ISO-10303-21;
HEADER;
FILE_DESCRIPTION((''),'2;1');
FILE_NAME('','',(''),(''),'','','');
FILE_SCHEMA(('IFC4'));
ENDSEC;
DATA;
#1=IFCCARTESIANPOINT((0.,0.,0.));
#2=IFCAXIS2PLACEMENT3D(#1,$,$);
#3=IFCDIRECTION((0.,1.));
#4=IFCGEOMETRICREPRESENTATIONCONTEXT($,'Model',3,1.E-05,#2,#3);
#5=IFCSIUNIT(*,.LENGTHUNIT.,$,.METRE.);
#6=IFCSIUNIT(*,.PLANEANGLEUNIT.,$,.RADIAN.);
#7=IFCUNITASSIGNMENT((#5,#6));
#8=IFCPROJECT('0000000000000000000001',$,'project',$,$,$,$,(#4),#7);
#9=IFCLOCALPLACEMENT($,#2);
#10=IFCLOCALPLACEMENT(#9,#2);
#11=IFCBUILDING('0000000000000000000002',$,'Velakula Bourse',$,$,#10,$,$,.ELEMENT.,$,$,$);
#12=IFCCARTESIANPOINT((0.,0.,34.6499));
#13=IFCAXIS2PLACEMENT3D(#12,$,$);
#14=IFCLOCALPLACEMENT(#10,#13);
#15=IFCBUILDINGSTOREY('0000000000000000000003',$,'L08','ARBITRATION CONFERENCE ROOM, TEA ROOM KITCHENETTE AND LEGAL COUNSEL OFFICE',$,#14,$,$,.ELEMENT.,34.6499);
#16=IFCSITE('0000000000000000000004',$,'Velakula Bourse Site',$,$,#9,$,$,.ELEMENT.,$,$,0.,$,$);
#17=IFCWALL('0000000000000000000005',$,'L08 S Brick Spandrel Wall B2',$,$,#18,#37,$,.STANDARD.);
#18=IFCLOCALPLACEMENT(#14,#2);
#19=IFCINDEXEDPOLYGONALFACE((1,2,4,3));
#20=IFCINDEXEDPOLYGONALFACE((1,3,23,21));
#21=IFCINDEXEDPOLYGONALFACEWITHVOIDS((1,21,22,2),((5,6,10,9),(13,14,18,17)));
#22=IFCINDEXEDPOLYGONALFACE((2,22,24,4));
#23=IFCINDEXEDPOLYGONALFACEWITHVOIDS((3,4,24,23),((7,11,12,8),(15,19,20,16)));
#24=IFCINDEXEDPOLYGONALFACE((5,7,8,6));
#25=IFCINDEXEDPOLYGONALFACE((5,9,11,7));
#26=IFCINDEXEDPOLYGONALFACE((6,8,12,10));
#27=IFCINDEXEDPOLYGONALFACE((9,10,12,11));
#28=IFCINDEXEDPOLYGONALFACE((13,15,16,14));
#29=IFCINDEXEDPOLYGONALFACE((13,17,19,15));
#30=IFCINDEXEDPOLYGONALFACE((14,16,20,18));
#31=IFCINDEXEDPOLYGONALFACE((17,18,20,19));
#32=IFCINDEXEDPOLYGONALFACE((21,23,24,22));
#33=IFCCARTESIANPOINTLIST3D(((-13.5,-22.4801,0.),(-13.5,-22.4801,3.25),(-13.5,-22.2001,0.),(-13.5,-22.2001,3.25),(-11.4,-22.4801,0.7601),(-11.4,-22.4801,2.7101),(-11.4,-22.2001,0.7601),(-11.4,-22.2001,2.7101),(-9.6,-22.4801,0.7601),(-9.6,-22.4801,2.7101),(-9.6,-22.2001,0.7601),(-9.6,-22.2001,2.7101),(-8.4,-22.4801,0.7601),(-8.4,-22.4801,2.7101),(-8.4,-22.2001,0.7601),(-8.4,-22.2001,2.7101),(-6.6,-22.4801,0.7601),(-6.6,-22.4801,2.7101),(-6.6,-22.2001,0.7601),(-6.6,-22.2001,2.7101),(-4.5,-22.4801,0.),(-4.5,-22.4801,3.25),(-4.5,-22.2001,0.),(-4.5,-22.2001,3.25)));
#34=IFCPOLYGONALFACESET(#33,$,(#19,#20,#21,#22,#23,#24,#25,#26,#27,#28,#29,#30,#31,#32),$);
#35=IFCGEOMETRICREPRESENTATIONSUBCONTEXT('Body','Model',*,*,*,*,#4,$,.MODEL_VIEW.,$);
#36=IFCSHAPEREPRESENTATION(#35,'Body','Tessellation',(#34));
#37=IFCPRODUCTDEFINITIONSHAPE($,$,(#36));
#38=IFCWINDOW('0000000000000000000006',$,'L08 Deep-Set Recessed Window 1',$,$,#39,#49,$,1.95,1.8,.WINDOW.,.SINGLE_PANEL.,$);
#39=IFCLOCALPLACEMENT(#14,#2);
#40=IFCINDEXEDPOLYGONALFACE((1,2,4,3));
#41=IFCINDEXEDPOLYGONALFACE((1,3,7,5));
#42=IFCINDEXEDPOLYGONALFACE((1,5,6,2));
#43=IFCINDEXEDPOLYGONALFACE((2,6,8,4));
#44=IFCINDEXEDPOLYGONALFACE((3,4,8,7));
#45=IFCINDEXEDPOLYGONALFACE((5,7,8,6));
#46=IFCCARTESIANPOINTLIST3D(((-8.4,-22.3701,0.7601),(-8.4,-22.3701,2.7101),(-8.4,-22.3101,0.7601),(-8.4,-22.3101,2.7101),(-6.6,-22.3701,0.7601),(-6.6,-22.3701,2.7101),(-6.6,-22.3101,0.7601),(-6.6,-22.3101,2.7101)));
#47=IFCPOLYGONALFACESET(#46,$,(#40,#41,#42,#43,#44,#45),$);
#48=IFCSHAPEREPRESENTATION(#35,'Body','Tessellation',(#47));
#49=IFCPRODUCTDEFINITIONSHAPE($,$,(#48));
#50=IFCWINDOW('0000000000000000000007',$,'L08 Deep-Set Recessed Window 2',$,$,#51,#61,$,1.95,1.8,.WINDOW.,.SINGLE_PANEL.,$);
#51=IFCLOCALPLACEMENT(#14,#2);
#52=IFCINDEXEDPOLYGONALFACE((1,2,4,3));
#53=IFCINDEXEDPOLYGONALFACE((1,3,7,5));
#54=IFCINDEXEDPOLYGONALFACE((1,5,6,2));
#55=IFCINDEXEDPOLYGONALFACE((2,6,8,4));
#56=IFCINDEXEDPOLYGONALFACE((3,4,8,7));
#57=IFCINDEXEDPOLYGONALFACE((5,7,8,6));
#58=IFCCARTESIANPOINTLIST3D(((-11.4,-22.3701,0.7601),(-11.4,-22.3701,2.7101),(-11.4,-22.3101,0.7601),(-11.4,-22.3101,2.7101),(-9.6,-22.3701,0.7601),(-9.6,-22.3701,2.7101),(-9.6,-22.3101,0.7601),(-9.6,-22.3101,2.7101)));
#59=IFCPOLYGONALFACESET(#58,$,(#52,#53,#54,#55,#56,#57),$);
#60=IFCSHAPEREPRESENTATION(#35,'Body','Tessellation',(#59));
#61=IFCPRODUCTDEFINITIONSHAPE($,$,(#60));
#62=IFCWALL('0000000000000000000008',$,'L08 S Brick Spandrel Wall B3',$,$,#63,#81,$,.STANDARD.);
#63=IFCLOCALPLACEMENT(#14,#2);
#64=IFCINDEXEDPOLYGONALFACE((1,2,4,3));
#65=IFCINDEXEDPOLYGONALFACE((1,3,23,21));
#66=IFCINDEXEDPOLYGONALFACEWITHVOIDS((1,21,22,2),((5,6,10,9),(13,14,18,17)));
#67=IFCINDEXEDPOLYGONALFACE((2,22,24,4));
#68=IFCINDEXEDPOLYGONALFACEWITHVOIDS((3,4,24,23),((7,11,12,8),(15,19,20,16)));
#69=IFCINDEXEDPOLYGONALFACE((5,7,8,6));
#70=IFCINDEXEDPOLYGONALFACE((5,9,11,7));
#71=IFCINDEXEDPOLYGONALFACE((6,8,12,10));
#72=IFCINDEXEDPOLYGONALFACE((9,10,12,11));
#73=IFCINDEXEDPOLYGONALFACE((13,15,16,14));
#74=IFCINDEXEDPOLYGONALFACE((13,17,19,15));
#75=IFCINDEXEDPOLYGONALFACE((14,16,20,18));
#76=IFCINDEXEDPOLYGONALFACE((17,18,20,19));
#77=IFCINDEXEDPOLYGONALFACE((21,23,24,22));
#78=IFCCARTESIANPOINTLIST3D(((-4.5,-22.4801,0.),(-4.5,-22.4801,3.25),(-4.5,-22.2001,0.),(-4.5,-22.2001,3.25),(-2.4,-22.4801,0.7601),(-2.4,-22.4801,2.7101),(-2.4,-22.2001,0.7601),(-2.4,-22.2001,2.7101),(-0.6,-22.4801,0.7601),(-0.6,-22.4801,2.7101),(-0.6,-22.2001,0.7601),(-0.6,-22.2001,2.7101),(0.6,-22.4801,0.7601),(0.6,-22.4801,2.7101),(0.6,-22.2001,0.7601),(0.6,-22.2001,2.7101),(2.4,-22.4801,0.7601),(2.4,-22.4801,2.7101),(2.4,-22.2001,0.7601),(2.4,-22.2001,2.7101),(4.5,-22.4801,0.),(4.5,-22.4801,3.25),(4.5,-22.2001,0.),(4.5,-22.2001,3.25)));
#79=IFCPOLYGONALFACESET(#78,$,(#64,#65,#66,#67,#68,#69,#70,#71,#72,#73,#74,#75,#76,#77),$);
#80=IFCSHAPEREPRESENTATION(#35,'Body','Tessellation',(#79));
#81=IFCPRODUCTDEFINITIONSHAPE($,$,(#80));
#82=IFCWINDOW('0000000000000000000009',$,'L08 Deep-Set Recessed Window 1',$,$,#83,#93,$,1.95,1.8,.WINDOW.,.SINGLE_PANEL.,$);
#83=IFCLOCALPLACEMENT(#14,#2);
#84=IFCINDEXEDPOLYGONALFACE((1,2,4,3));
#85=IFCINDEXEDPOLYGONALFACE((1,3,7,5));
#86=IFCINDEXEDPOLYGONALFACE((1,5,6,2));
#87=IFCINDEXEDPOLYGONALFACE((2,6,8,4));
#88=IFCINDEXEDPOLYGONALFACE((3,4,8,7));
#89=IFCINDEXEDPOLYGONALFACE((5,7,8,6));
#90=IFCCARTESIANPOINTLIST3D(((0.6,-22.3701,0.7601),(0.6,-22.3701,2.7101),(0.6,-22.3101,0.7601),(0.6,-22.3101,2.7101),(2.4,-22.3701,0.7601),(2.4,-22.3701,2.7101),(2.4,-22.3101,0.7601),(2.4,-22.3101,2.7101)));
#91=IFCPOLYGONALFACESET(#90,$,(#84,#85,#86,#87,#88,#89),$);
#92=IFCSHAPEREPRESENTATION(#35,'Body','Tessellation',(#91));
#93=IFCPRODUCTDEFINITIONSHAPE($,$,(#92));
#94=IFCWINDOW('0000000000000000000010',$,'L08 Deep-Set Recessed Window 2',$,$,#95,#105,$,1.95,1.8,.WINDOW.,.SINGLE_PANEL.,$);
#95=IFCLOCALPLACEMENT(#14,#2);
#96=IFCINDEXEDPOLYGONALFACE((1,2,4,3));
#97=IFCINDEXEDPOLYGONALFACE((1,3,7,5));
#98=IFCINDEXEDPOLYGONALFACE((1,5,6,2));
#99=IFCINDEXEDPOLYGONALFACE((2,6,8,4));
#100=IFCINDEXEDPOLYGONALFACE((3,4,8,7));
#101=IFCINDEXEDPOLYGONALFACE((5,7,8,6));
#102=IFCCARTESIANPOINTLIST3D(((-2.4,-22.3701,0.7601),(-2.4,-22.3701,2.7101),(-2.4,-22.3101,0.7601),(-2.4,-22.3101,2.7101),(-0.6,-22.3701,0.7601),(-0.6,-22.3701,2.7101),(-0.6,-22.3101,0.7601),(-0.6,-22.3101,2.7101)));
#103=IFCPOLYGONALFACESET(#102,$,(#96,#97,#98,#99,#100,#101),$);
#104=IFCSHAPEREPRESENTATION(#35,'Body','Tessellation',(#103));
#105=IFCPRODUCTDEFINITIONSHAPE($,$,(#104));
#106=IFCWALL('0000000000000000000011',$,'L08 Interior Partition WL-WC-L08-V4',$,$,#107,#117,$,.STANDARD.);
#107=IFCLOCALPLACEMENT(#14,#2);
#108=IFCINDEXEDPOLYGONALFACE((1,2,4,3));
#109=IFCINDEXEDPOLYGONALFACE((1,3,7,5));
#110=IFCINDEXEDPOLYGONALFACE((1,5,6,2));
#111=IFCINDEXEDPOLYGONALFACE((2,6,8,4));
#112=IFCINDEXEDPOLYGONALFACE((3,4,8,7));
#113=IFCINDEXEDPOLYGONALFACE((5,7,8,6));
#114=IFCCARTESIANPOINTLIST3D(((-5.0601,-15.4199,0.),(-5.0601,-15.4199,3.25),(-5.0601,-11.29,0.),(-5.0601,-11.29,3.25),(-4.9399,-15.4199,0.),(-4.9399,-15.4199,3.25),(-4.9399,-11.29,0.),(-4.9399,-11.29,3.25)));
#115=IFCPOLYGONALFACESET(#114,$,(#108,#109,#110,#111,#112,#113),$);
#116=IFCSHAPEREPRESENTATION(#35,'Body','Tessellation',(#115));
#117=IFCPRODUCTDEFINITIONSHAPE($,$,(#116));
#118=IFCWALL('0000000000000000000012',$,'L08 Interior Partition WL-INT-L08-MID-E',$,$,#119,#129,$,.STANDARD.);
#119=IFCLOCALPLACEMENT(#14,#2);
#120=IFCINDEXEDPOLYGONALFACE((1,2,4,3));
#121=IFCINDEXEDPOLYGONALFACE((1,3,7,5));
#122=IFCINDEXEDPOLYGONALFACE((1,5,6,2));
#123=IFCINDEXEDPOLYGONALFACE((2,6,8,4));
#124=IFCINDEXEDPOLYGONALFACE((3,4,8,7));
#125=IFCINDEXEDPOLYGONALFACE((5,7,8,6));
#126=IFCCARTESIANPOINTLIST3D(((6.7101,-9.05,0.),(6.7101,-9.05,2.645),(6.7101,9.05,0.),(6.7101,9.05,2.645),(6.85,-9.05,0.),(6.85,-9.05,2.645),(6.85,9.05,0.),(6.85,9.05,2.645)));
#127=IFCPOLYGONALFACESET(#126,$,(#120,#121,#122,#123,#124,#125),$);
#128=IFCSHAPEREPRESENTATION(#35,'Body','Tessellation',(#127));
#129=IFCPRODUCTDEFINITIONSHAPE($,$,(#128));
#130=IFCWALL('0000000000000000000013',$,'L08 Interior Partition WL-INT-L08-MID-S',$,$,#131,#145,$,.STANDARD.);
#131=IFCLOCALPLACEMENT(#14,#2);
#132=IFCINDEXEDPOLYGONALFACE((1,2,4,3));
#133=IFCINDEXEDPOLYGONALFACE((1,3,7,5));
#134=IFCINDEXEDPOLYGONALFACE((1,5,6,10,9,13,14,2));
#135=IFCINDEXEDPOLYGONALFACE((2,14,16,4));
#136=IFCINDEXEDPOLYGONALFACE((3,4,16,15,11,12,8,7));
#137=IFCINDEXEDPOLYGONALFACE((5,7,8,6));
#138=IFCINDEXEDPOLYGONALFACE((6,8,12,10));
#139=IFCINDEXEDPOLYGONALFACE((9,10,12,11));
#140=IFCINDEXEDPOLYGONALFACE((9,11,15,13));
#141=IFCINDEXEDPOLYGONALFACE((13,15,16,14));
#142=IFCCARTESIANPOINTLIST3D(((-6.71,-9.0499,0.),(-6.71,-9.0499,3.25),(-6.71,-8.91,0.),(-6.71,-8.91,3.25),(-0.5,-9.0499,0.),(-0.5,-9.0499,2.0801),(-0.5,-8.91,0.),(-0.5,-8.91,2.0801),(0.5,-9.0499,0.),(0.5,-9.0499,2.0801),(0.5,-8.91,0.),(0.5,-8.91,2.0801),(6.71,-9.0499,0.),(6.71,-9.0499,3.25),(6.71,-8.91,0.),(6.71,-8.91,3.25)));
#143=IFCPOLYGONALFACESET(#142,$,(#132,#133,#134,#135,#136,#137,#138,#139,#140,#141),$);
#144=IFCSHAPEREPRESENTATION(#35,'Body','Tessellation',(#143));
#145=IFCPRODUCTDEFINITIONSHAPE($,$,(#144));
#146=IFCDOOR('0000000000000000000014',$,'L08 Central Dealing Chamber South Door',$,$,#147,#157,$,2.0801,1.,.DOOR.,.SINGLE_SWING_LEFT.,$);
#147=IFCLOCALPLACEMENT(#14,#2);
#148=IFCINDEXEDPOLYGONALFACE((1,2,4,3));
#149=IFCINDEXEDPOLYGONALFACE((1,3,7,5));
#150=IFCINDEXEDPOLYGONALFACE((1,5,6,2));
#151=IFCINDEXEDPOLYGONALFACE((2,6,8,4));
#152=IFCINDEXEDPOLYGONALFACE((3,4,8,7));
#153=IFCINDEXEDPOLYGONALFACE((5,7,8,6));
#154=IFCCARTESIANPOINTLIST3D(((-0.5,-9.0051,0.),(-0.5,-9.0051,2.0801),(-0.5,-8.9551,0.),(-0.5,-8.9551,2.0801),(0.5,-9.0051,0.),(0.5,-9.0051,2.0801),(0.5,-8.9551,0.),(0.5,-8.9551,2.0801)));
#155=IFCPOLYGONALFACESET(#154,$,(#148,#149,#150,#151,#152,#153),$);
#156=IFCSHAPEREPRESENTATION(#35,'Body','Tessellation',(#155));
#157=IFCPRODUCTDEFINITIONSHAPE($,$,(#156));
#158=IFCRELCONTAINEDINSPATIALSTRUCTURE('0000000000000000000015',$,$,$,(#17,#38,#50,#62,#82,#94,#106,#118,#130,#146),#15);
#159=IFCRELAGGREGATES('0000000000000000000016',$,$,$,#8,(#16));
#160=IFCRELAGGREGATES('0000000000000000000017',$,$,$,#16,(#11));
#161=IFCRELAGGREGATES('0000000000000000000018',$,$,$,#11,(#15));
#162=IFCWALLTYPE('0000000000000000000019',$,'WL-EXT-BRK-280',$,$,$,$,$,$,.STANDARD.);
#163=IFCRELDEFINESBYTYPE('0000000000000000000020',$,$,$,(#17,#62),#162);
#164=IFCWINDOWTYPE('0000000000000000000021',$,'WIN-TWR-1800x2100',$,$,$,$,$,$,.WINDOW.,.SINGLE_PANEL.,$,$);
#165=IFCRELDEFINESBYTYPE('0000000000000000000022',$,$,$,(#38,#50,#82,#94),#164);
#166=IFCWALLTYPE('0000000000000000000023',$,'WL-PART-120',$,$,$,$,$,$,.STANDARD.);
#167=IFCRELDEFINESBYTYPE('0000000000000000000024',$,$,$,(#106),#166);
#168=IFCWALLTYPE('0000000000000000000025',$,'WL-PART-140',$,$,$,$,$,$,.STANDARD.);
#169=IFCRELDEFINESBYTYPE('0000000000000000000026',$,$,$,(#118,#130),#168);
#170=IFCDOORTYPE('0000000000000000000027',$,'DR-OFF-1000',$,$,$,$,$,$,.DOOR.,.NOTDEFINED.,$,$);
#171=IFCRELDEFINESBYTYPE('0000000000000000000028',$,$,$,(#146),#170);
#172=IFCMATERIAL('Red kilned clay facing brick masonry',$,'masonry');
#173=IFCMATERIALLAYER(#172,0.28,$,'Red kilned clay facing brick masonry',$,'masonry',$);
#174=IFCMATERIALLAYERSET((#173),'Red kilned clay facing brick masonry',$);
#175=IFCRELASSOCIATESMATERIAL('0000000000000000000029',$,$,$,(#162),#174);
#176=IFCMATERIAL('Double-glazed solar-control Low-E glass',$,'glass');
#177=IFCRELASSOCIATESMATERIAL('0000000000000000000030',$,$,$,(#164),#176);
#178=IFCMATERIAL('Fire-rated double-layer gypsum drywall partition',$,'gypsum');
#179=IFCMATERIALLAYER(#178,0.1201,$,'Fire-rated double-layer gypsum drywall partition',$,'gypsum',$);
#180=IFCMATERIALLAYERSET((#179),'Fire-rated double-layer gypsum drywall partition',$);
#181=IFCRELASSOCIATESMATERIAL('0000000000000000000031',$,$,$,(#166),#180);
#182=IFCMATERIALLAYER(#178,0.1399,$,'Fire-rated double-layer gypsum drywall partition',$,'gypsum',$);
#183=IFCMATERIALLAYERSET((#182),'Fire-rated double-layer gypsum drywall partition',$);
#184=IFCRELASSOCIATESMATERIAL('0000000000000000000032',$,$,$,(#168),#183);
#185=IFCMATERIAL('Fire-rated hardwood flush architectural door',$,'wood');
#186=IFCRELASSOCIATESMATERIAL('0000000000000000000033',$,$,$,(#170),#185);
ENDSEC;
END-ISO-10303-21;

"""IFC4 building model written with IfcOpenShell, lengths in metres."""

from ifc_helpers import new_model, si_unit, direction, frame, frame_2d, origin, place, context, subcontext, project, spatial, rectangle, extrude, material, layer, layer_set, type_object, element, fill, save


model = new_model("IFC4")

# Units and contexts
model_context = context("Model", 3, precision=1e-05, world=origin(), true_north=direction((0.0, 1.0)))
body_context = subcontext(model_context, "Body", "Model", "MODEL_VIEW")
ifc_project = project(units=[si_unit("LENGTHUNIT", "METRE"), si_unit("PLANEANGLEUNIT", "RADIAN")], contexts=[model_context])

# Site, building, storey
site_placement = place(None, origin())
site = spatial("IfcSite", under=ifc_project, at=site_placement, Name="Velakula Bourse Site", CompositionType="ELEMENT", RefElevation=0.0)
building_placement = place(site_placement, origin())
building = spatial("IfcBuilding", under=site, at=building_placement, Name="Velakula Bourse", CompositionType="ELEMENT")
storey_placement = place(building_placement, frame((0.0, 0.0, 34.6499)))
storey = spatial("IfcBuildingStorey", under=building, at=storey_placement, Name="L08", Description="ARBITRATION CONFERENCE ROOM, TEA ROOM KITCHENETTE AND LEGAL COUNSEL OFFICE", CompositionType="ELEMENT", Elevation=34.6499)

# Walls, openings, windows
ifc_material_1 = material(Name="Red kilned clay facing brick masonry", Category="masonry")
ifc_layer_1 = layer(ifc_material_1, 0.28, Name="Red kilned clay facing brick masonry", Category="masonry")
ifc_layer_set_1 = layer_set([ifc_layer_1], Name="Red kilned clay facing brick masonry")
wall_type_1 = type_object("IfcWallType", Name="WL-EXT-BRK-280", PredefinedType="STANDARD", material=ifc_layer_set_1)
wall_1_placement = place(storey_placement, frame((-4.5, -22.3401, 0.0), z_axis=(0.0, 0.0, 1.0), x_axis=(-1.0, 0.0, 0.0)))
wall_1 = element("IfcWall", 1, at=wall_1_placement, inside=storey, type_object=wall_type_1, Name="L08 S Brick Spandrel Wall B2", PredefinedType="STANDARD", context=body_context, shape_type="SweptSolid", body=[
    extrude(rectangle(XDim=9.0, YDim=0.28, at=frame_2d((4.5, 0.0))), origin(), (0.0, 0.0, 1.0), 3.25),
])
opening_1_placement = place(wall_1_placement, frame((2.1001, 0.0, 0.76)))
opening_1 = element("IfcOpeningElement", 2, at=opening_1_placement, cuts=wall_1, PredefinedType="OPENING", context=body_context, shape_type="SweptSolid", body=[
    extrude(rectangle(XDim=1.8, YDim=1.95, at=frame_2d((0.8999, 0.9751))), frame((0.0, 0.1499, 0.0), z_axis=(0.0, -1.0, 0.0), x_axis=(1.0, 0.0, 0.0)), (0.0, 0.0, 1.0), 0.3),
])
opening_2_placement = place(wall_1_placement, frame((5.1001, 0.0, 0.76)))
opening_2 = element("IfcOpeningElement", 3, at=opening_2_placement, cuts=wall_1, PredefinedType="OPENING", context=body_context, shape_type="SweptSolid", body=[
    extrude(rectangle(XDim=1.8, YDim=1.95, at=frame_2d((0.8999, 0.9751))), frame((0.0, 0.1499, 0.0), z_axis=(0.0, -1.0, 0.0), x_axis=(1.0, 0.0, 0.0)), (0.0, 0.0, 1.0), 0.3),
])
ifc_material_2 = material(Name="Double-glazed solar-control Low-E glass", Category="glass")
window_type = type_object("IfcWindowType", Name="WIN-TWR-1800x2100", PartitioningType="SINGLE_PANEL", PredefinedType="WINDOW", material=ifc_material_2)
window_1_placement = place(opening_1_placement, origin())
window_1 = element("IfcWindow", 4, at=window_1_placement, inside=storey, type_object=window_type, Name="L08 Deep-Set Recessed Window 1", OverallHeight=1.95, OverallWidth=1.8, PartitioningType="SINGLE_PANEL", PredefinedType="WINDOW", context=body_context, shape_type="SweptSolid", body=[
    extrude(rectangle(XDim=1.8, YDim=1.95, at=frame_2d((0.8999, 0.9751))), frame((0.0, 0.03, 0.0), z_axis=(0.0, -1.0, 0.0), x_axis=(1.0, 0.0, 0.0)), (0.0, 0.0, 1.0), 0.0601),
])
fill(opening_1, window_1)
window_2_placement = place(opening_2_placement, origin())
window_2 = element("IfcWindow", 5, at=window_2_placement, inside=storey, type_object=window_type, Name="L08 Deep-Set Recessed Window 2", OverallHeight=1.95, OverallWidth=1.8, PartitioningType="SINGLE_PANEL", PredefinedType="WINDOW", context=body_context, shape_type="SweptSolid", body=[
    extrude(rectangle(XDim=1.8, YDim=1.95, at=frame_2d((0.8999, 0.9751))), frame((0.0, 0.03, 0.0), z_axis=(0.0, -1.0, 0.0), x_axis=(1.0, 0.0, 0.0)), (0.0, 0.0, 1.0), 0.0601),
])
fill(opening_2, window_2)
wall_2_placement = place(storey_placement, frame((4.5, -22.3401, 0.0), z_axis=(0.0, 0.0, 1.0), x_axis=(-1.0, 0.0, 0.0)))
wall_2 = element("IfcWall", 6, at=wall_2_placement, inside=storey, type_object=wall_type_1, Name="L08 S Brick Spandrel Wall B3", PredefinedType="STANDARD", context=body_context, shape_type="SweptSolid", body=[
    extrude(rectangle(XDim=9.0, YDim=0.28, at=frame_2d((4.5, 0.0))), origin(), (0.0, 0.0, 1.0), 3.25),
])
opening_3_placement = place(wall_2_placement, frame((2.1001, 0.0, 0.76)))
opening_3 = element("IfcOpeningElement", 7, at=opening_3_placement, cuts=wall_2, PredefinedType="OPENING", context=body_context, shape_type="SweptSolid", body=[
    extrude(rectangle(XDim=1.8, YDim=1.95, at=frame_2d((0.8999, 0.9751))), frame((0.0, 0.1499, 0.0), z_axis=(0.0, -1.0, 0.0), x_axis=(1.0, 0.0, 0.0)), (0.0, 0.0, 1.0), 0.3),
])
opening_4_placement = place(wall_2_placement, frame((5.1001, 0.0, 0.76)))
opening_4 = element("IfcOpeningElement", 8, at=opening_4_placement, cuts=wall_2, PredefinedType="OPENING", context=body_context, shape_type="SweptSolid", body=[
    extrude(rectangle(XDim=1.8, YDim=1.95, at=frame_2d((0.8999, 0.9751))), frame((0.0, 0.1499, 0.0), z_axis=(0.0, -1.0, 0.0), x_axis=(1.0, 0.0, 0.0)), (0.0, 0.0, 1.0), 0.3),
])
window_3_placement = place(opening_3_placement, origin())
window_3 = element("IfcWindow", 9, at=window_3_placement, inside=storey, type_object=window_type, Name="L08 Deep-Set Recessed Window 1", OverallHeight=1.95, OverallWidth=1.8, PartitioningType="SINGLE_PANEL", PredefinedType="WINDOW", context=body_context, shape_type="SweptSolid", body=[
    extrude(rectangle(XDim=1.8, YDim=1.95, at=frame_2d((0.8999, 0.9751))), frame((0.0, 0.03, 0.0), z_axis=(0.0, -1.0, 0.0), x_axis=(1.0, 0.0, 0.0)), (0.0, 0.0, 1.0), 0.0601),
])
fill(opening_3, window_3)
window_4_placement = place(opening_4_placement, origin())
window_4 = element("IfcWindow", 10, at=window_4_placement, inside=storey, type_object=window_type, Name="L08 Deep-Set Recessed Window 2", OverallHeight=1.95, OverallWidth=1.8, PartitioningType="SINGLE_PANEL", PredefinedType="WINDOW", context=body_context, shape_type="SweptSolid", body=[
    extrude(rectangle(XDim=1.8, YDim=1.95, at=frame_2d((0.8999, 0.9751))), frame((0.0, 0.03, 0.0), z_axis=(0.0, -1.0, 0.0), x_axis=(1.0, 0.0, 0.0)), (0.0, 0.0, 1.0), 0.0601),
])
fill(opening_4, window_4)

# Walls
ifc_material_3 = material(Name="Fire-rated double-layer gypsum drywall partition", Category="gypsum")
ifc_layer_2 = layer(ifc_material_3, 0.1201, Name="Fire-rated double-layer gypsum drywall partition", Category="gypsum")
ifc_layer_set_2 = layer_set([ifc_layer_2], Name="Fire-rated double-layer gypsum drywall partition")
wall_type_2 = type_object("IfcWallType", Name="WL-PART-120", PredefinedType="STANDARD", material=ifc_layer_set_2)
wall_3_placement = place(storey_placement, frame((-5.0, -15.4199, 0.0), z_axis=(0.0, 0.0, 1.0), x_axis=(0.0, 1.0, 0.0)))
element("IfcWall", 11, at=wall_3_placement, inside=storey, type_object=wall_type_2, Name="L08 Interior Partition WL-WC-L08-V4", PredefinedType="STANDARD", context=body_context, shape_type="SweptSolid", body=[
    extrude(rectangle(XDim=4.1299, YDim=0.1201, at=frame_2d((2.0649, 0.0))), origin(), (0.0, 0.0, 1.0), 3.25),
])
ifc_layer_3 = layer(ifc_material_3, 0.1399, Name="Fire-rated double-layer gypsum drywall partition", Category="gypsum")
ifc_layer_set_3 = layer_set([ifc_layer_3], Name="Fire-rated double-layer gypsum drywall partition")
wall_type_3 = type_object("IfcWallType", Name="WL-PART-140", PredefinedType="STANDARD", material=ifc_layer_set_3)
wall_4_placement = place(storey_placement, frame((6.78, -9.05, 0.0), z_axis=(0.0, 0.0, 1.0), x_axis=(0.0, 1.0, 0.0)))
element("IfcWall", 12, at=wall_4_placement, inside=storey, type_object=wall_type_3, Name="L08 Interior Partition WL-INT-L08-MID-E", PredefinedType="STANDARD", context=body_context, shape_type="SweptSolid", body=[
    extrude(rectangle(XDim=18.1001, YDim=0.1399, at=frame_2d((9.05, 0.0))), origin(), (0.0, 0.0, 1.0), 2.645),
])

# Wall, opening, door
wall_5_placement = place(storey_placement, frame((-6.71, -8.98, 0.0), z_axis=(0.0, 0.0, 1.0), x_axis=(1.0, 0.0, 0.0)))
wall_5 = element("IfcWall", 13, at=wall_5_placement, inside=storey, type_object=wall_type_3, Name="L08 Interior Partition WL-INT-L08-MID-S", PredefinedType="STANDARD", context=body_context, shape_type="SweptSolid", body=[
    extrude(rectangle(XDim=13.4199, YDim=0.1399, at=frame_2d((6.71, 0.0))), origin(), (0.0, 0.0, 1.0), 3.25),
])
opening_5_placement = place(wall_5_placement, frame((6.21, 0.0, 0.0)))
opening_5 = element("IfcOpeningElement", 14, at=opening_5_placement, cuts=wall_5, PredefinedType="OPENING", context=body_context, shape_type="SweptSolid", body=[
    extrude(rectangle(XDim=1.0, YDim=2.0801, at=frame_2d((0.5, 1.04))), frame((0.0, 0.0798, 0.0), z_axis=(0.0, -1.0, 0.0), x_axis=(1.0, 0.0, 0.0)), (0.0, 0.0, 1.0), 0.1599),
])
ifc_material_4 = material(Name="Fire-rated hardwood flush architectural door", Category="wood")
door_type = type_object("IfcDoorType", Name="DR-OFF-1000", OperationType="NOTDEFINED", PredefinedType="DOOR", material=ifc_material_4)
door_placement = place(opening_5_placement, origin())
door = element("IfcDoor", 15, at=door_placement, inside=storey, type_object=door_type, Name="L08 Central Dealing Chamber South Door", OperationType="SINGLE_SWING_LEFT", OverallHeight=2.0801, OverallWidth=1.0, PredefinedType="DOOR", context=body_context, shape_type="SweptSolid", body=[
    extrude(rectangle(XDim=1.0, YDim=2.0801, at=frame_2d((0.5, 1.04))), frame((0.0, 0.0249, 0.0), z_axis=(0.0, -1.0, 0.0), x_axis=(1.0, 0.0, 0.0)), (0.0, 0.0, 1.0), 0.05),
])
fill(opening_5, door)

save(model, "model.ifc")
